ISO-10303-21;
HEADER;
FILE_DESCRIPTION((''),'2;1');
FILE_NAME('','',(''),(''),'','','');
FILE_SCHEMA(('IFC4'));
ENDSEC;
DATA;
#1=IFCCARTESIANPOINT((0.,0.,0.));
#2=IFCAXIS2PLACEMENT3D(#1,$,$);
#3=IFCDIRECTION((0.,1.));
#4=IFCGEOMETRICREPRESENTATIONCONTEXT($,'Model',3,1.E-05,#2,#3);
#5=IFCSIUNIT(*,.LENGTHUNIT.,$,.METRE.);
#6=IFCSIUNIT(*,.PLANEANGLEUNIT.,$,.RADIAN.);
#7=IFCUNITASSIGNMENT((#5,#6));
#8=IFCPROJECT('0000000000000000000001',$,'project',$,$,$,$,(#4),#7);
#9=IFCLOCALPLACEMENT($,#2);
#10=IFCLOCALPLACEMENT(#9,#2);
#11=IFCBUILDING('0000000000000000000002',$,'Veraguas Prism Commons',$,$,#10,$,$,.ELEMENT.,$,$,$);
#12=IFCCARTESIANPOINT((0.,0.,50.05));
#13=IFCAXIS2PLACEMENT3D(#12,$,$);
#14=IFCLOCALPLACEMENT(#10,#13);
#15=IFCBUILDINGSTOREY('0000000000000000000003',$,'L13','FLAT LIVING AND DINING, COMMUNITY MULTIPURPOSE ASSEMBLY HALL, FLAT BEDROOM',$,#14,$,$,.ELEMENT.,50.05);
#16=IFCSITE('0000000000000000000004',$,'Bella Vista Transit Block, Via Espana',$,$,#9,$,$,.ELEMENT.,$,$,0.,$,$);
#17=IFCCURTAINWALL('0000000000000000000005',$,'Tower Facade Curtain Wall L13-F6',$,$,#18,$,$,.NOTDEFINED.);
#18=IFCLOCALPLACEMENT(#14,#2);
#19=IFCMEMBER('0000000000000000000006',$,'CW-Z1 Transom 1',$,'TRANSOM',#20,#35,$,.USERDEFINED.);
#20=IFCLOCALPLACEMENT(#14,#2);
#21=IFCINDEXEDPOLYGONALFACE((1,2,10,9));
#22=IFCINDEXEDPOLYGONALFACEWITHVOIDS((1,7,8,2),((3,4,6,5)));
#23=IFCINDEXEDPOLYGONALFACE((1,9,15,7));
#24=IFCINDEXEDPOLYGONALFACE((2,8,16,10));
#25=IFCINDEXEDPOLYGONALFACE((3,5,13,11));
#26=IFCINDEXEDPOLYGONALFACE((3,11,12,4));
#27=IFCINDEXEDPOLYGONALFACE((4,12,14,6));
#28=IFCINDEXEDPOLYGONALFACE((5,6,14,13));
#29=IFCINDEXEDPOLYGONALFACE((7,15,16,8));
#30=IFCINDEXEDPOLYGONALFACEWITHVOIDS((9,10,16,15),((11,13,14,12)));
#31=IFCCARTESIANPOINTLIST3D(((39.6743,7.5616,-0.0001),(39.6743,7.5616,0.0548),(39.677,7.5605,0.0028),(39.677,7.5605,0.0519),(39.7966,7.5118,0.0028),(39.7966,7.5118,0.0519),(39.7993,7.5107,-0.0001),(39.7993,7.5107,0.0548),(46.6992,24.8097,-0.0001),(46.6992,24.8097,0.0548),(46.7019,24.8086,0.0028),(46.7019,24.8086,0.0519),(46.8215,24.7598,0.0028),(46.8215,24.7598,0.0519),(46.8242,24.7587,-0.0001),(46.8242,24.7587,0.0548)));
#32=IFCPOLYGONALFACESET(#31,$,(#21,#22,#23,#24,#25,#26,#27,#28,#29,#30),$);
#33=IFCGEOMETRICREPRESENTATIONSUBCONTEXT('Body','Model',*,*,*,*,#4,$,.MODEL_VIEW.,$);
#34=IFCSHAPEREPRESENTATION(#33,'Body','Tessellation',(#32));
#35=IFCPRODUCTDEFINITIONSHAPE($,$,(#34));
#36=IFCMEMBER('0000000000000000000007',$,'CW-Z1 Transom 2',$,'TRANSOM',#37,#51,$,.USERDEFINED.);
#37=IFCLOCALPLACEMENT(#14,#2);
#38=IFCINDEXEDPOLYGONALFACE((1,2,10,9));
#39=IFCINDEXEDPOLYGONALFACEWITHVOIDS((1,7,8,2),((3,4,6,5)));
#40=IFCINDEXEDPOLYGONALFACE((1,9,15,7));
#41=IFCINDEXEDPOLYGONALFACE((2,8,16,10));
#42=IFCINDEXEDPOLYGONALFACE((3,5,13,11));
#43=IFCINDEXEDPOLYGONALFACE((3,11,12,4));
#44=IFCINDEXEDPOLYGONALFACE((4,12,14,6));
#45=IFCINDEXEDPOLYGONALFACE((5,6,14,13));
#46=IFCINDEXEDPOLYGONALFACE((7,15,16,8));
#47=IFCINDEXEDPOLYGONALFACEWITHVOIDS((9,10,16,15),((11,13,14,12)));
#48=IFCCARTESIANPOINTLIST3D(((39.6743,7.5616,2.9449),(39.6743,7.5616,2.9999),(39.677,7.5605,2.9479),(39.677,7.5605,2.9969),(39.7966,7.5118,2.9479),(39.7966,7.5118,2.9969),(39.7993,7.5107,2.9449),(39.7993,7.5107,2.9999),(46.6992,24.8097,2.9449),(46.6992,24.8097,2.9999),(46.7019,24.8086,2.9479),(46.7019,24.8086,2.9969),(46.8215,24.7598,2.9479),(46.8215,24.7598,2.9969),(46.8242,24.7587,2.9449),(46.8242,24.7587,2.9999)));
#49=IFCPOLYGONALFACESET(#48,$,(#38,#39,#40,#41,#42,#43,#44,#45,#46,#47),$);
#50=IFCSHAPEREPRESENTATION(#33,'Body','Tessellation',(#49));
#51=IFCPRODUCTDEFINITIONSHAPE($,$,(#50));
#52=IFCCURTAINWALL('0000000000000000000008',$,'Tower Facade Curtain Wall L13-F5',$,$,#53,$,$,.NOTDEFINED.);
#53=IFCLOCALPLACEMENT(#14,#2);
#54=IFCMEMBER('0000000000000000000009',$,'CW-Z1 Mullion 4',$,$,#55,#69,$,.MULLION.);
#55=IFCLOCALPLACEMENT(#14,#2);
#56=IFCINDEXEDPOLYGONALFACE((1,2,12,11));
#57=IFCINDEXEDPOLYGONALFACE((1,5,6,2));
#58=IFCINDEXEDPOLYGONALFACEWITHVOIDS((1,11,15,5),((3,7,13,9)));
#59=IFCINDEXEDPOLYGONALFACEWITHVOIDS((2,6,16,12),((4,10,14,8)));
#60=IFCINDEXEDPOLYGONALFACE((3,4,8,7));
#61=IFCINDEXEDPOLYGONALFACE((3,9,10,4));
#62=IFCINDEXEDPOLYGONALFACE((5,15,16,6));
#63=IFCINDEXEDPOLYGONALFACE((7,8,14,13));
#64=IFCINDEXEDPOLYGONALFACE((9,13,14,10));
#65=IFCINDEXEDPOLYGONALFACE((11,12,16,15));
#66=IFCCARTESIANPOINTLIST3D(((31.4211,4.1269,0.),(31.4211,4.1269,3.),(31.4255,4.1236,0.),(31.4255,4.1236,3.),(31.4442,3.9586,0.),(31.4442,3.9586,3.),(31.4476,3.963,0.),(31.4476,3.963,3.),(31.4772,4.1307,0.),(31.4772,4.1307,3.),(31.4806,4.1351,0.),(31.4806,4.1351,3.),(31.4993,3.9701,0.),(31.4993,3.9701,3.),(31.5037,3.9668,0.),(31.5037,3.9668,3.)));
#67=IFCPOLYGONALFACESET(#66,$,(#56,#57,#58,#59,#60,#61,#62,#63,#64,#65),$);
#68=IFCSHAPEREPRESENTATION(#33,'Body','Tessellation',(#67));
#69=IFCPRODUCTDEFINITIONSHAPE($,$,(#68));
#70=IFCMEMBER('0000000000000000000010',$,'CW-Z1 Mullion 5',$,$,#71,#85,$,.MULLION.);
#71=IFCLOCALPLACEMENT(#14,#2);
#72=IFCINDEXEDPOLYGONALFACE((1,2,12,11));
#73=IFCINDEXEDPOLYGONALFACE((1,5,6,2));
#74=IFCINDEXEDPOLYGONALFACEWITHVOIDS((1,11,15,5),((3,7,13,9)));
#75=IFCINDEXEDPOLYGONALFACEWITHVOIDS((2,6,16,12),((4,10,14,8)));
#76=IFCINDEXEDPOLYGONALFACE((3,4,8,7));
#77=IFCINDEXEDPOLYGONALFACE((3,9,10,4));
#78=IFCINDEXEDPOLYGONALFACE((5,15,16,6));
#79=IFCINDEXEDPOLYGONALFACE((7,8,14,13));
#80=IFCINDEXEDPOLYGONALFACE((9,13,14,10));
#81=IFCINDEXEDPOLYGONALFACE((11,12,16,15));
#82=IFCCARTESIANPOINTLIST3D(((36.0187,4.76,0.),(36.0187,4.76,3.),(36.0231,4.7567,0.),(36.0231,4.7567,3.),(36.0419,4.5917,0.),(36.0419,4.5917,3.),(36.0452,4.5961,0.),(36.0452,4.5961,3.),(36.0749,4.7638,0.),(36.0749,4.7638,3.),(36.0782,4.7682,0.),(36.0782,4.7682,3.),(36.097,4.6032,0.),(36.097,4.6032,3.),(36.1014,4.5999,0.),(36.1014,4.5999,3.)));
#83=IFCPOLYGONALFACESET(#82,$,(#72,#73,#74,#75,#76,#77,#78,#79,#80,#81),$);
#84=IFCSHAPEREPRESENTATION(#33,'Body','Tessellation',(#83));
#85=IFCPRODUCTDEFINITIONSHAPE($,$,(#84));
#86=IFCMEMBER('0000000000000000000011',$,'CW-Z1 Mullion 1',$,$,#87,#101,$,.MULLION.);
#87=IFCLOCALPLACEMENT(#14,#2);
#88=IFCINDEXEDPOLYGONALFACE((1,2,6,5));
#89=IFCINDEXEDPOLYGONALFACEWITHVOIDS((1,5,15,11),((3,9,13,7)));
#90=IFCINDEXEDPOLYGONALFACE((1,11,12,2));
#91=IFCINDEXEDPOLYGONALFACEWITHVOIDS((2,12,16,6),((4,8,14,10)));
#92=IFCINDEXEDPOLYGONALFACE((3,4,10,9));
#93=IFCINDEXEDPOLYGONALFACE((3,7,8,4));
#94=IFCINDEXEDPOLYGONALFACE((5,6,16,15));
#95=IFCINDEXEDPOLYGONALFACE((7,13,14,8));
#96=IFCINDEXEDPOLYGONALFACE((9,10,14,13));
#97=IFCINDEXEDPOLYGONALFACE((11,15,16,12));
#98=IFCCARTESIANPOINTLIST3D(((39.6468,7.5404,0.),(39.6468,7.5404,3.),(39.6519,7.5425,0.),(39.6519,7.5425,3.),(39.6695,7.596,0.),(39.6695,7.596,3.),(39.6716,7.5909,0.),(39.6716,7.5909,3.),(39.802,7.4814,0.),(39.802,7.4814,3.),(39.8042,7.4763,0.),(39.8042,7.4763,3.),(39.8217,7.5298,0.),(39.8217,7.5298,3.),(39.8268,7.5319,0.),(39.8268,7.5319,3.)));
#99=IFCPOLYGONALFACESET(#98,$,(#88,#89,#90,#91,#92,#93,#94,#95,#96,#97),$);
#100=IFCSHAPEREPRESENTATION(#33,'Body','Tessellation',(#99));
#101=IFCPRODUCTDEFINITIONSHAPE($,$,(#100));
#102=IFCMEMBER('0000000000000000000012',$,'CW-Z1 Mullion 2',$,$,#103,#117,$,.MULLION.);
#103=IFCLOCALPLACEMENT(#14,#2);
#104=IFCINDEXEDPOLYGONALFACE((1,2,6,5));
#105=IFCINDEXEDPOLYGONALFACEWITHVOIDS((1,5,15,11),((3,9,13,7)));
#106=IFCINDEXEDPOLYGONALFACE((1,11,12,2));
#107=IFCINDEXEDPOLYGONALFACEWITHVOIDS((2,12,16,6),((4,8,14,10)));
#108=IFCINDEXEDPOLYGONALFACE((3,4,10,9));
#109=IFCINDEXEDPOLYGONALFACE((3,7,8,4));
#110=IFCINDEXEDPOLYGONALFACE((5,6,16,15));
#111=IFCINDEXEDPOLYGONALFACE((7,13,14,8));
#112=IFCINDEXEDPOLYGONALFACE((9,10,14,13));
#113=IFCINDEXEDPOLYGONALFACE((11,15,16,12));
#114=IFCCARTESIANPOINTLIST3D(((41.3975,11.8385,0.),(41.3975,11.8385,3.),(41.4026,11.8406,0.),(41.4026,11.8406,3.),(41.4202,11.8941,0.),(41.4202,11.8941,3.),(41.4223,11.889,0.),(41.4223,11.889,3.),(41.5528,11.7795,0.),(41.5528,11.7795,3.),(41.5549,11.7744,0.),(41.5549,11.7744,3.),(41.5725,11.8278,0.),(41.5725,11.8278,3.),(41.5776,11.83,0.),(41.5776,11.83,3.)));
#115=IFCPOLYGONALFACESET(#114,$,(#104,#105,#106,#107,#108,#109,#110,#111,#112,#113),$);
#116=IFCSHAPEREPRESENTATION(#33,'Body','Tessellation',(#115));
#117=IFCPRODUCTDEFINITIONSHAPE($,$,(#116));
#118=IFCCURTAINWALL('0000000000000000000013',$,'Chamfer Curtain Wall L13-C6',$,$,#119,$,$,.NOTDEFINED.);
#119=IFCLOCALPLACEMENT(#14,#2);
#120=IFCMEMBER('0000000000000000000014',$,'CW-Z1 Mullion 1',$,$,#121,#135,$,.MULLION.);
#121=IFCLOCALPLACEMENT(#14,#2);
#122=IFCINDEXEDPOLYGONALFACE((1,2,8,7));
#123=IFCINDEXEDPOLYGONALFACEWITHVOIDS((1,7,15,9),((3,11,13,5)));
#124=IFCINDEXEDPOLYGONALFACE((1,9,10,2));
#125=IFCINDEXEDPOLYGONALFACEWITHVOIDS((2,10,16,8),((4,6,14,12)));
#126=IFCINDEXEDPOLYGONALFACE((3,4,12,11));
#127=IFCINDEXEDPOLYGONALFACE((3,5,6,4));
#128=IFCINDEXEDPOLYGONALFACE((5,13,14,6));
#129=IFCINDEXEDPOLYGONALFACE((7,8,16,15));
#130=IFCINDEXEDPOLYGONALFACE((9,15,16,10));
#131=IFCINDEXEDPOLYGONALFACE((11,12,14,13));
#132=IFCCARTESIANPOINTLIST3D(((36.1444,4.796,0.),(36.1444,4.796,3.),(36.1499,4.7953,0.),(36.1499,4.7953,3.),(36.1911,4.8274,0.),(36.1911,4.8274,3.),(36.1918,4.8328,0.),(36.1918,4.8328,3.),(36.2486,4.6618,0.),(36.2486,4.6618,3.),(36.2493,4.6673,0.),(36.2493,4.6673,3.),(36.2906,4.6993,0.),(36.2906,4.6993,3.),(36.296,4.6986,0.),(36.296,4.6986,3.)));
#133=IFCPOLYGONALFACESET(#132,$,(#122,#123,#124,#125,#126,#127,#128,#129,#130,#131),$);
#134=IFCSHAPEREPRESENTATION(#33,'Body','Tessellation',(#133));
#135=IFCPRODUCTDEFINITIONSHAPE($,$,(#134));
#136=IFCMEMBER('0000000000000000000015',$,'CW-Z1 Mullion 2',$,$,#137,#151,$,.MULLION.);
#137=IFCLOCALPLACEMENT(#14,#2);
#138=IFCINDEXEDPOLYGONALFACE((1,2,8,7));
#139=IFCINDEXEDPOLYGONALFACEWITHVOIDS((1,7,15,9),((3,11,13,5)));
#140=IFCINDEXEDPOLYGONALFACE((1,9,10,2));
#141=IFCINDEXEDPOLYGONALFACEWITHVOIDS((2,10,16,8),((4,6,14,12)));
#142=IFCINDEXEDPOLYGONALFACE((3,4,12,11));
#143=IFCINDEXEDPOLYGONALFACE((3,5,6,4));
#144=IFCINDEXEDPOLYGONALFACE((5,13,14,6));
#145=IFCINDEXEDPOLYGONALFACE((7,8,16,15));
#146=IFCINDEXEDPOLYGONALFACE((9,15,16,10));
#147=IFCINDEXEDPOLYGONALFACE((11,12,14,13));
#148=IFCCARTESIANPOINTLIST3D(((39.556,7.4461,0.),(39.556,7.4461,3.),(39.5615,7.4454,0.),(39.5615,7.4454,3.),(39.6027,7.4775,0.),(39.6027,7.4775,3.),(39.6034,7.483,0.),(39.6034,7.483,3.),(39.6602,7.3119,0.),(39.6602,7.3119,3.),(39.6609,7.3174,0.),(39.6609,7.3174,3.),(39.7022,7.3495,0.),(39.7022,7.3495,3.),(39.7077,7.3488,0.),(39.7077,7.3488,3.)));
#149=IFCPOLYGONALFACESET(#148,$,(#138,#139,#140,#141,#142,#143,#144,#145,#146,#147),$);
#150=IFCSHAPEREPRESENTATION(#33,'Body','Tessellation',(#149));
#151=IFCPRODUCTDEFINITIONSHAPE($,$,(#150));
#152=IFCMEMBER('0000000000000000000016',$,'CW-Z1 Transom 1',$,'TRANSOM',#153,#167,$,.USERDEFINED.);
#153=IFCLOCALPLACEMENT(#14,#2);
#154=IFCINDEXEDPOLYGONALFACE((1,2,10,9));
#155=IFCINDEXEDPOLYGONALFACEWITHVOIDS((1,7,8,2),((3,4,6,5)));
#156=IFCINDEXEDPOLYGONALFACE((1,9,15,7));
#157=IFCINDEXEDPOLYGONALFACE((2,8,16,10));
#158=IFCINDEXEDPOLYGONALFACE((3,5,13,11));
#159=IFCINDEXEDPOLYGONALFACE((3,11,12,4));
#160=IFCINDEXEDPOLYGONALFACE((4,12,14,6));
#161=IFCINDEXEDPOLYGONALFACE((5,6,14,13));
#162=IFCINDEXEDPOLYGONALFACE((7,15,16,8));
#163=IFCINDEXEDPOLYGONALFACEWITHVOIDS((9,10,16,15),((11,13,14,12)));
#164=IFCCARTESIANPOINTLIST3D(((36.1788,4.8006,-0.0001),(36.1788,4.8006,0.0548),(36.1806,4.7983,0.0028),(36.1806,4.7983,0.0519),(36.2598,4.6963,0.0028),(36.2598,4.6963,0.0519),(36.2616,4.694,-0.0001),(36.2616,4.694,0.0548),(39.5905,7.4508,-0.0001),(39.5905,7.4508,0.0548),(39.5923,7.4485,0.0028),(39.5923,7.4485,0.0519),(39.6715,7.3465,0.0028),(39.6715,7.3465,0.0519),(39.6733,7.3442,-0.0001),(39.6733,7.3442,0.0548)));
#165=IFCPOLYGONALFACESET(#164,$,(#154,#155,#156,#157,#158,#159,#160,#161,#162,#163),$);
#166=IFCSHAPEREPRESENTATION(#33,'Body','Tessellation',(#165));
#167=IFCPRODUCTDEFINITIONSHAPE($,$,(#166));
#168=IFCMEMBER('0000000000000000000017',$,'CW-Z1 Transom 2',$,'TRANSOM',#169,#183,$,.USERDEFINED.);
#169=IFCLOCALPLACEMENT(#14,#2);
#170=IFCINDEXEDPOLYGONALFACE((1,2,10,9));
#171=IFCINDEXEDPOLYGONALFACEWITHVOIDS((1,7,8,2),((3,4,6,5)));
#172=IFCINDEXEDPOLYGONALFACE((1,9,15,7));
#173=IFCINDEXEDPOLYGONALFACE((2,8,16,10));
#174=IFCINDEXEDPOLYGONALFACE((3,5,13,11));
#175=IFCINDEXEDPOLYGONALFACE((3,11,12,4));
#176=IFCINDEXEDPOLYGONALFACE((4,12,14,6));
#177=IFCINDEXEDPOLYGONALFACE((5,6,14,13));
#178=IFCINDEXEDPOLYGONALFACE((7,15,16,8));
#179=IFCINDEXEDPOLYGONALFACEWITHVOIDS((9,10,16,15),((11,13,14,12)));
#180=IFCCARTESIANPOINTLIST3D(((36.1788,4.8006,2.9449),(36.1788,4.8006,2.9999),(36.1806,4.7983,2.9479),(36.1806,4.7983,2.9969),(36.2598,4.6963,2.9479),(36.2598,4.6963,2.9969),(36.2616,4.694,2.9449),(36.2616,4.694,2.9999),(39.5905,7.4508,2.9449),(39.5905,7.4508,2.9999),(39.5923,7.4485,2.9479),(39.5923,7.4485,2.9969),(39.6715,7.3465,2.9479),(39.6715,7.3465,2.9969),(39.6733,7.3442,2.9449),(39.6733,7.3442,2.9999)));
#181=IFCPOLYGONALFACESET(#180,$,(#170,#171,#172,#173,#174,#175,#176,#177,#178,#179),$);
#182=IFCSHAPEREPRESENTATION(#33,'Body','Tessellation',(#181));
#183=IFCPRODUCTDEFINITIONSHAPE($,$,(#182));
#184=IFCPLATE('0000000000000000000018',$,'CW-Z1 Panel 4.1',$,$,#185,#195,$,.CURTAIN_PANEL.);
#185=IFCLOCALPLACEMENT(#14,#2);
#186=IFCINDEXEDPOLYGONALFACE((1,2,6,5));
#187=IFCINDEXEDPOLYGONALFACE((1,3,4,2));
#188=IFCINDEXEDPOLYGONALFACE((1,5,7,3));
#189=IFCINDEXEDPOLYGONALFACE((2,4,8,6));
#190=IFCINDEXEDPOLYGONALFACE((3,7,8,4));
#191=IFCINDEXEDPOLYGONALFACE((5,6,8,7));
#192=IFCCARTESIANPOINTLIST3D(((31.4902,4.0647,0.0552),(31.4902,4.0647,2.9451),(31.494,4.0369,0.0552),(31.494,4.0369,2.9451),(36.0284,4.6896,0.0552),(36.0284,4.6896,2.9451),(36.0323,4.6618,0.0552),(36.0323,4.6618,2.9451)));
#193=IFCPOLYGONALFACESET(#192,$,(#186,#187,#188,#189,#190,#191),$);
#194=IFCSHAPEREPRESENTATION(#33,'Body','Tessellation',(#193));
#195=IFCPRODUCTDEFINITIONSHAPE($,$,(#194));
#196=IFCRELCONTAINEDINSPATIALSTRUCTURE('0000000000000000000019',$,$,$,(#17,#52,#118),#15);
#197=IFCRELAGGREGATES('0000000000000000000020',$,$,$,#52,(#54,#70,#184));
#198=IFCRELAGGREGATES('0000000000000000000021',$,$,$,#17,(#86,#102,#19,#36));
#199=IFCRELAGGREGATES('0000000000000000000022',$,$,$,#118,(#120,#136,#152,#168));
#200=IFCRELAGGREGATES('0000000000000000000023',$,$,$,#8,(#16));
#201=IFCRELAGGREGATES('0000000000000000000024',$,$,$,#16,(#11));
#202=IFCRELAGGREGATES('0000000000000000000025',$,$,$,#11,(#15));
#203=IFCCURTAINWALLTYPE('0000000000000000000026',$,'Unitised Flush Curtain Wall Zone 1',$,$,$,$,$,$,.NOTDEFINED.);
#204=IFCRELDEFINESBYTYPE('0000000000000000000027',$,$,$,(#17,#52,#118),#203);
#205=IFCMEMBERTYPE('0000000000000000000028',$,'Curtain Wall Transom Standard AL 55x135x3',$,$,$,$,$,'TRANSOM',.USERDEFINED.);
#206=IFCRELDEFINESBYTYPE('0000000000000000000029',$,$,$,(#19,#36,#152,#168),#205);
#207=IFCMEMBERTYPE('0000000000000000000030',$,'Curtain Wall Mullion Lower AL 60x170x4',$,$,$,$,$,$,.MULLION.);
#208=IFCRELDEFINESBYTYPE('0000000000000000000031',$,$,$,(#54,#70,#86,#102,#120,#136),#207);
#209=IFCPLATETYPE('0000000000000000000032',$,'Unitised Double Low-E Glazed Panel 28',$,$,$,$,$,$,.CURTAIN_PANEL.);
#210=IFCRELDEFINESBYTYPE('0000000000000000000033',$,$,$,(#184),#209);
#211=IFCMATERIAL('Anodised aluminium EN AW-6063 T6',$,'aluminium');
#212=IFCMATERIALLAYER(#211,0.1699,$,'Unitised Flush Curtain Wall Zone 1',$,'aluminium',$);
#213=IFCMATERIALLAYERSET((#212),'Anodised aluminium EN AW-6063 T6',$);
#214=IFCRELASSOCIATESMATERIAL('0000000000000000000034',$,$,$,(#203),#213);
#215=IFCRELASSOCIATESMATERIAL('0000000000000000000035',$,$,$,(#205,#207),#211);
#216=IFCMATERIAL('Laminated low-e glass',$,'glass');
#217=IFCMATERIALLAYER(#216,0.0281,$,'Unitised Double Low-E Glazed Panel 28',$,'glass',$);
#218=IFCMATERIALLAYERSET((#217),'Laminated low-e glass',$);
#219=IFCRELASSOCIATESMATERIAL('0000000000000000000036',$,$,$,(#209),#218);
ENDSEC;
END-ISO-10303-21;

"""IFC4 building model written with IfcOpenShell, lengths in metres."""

from ifc_helpers import new_model, si_unit, direction, frame, origin, origin_2d, place, context, subcontext, project, spatial, rectangle, hollow_rectangle, extrude, source, transform, mapped, material, layer, layer_set, material_profile, profile_set, type_object, element, aggregate, save


model = new_model("IFC4")

# Units and contexts
model_context = context("Model", 3, precision=1e-05, world=origin(), true_north=direction((0.0, 1.0)))
body_context = subcontext(model_context, "Body", "Model", "MODEL_VIEW")
ifc_project = project(units=[si_unit("LENGTHUNIT", "METRE"), si_unit("PLANEANGLEUNIT", "RADIAN")], contexts=[model_context])

# Site, building, storey
site_placement = place(None, origin())
site = spatial("IfcSite", under=ifc_project, at=site_placement, Name="Bella Vista Transit Block, Via Espana", CompositionType="ELEMENT", RefElevation=0.0)
building_placement = place(site_placement, origin())
building = spatial("IfcBuilding", under=site, at=building_placement, Name="Veraguas Prism Commons", CompositionType="ELEMENT")
storey_placement = place(building_placement, frame((0.0, 0.0, 50.05)))
storey = spatial("IfcBuildingStorey", under=building, at=storey_placement, Name="L13", Description="FLAT LIVING AND DINING, COMMUNITY MULTIPURPOSE ASSEMBLY HALL, FLAT BEDROOM", CompositionType="ELEMENT", Elevation=50.05)

# Curtain walls, members
ifc_material_1 = material(Name="Anodised aluminium EN AW-6063 T6", Category="aluminium")
ifc_layer_1 = layer(ifc_material_1, 0.1699, Name="Unitised Flush Curtain Wall Zone 1", Category="aluminium")
ifc_layer_set_1 = layer_set([ifc_layer_1], Name="Anodised aluminium EN AW-6063 T6")
curtain_wall_type = type_object("IfcCurtainWallType", Name="Unitised Flush Curtain Wall Zone 1", PredefinedType="NOTDEFINED", material=ifc_layer_set_1)
curtain_wall_1_placement = place(storey_placement, origin())
curtain_wall_1 = element("IfcCurtainWall", 1, at=curtain_wall_1_placement, inside=storey, type_object=curtain_wall_type, Name="Tower Facade Curtain Wall L13-F6", PredefinedType="NOTDEFINED")
ifc_material_profile_1 = material_profile(ifc_material_1, hollow_rectangle(XDim=0.0549, YDim=0.135, WallThickness=0.0029, at=origin_2d()), Name="AL55X135X3")
ifc_profile_set_1 = profile_set([ifc_material_profile_1], Name="Anodised aluminium EN AW-6063 T6")
member_type_1 = type_object("IfcMemberType", Name="Curtain Wall Transom Standard AL 55x135x3", ElementType="TRANSOM", PredefinedType="USERDEFINED", material=ifc_profile_set_1)
shared_shape_1 = source(origin(), body_context, "Body", "SweptSolid", [
    extrude(hollow_rectangle(XDim=0.0549, YDim=0.135, WallThickness=0.0029, at=origin_2d()), origin(), (0.0, 0.0, 1.0), 18.6238),
])
member_1_placement = place(storey_placement, frame((39.7368, 7.5361, 0.0273), z_axis=(0.377201, 0.926131, 0.0), x_axis=(0.0, 0.0, 1.0)))
member_1 = element("IfcMember", 2, at=member_1_placement, type_object=member_type_1, Name="CW-Z1 Transom 1", ObjectType="TRANSOM", PredefinedType="USERDEFINED", context=body_context, shape_type="MappedRepresentation", body=[
    mapped(shared_shape_1, transform((0.0, 0.0, 0.0), scale=1.0)),
])
member_2_placement = place(storey_placement, frame((39.7368, 7.5361, 2.9724), z_axis=(0.377201, 0.926131, 0.0), x_axis=(0.0, 0.0, 1.0)))
member_2 = element("IfcMember", 3, at=member_2_placement, type_object=member_type_1, Name="CW-Z1 Transom 2", ObjectType="TRANSOM", PredefinedType="USERDEFINED", context=body_context, shape_type="MappedRepresentation", body=[
    mapped(shared_shape_1, transform((0.0, 0.0, 0.0), scale=1.0)),
])
curtain_wall_2_placement = place(storey_placement, origin())
curtain_wall_2 = element("IfcCurtainWall", 4, at=curtain_wall_2_placement, inside=storey, type_object=curtain_wall_type, Name="Tower Facade Curtain Wall L13-F5", PredefinedType="NOTDEFINED")
ifc_material_profile_2 = material_profile(ifc_material_1, hollow_rectangle(XDim=0.0601, YDim=0.1699, WallThickness=0.0039, at=origin_2d()), Name="AL60X170X4")
ifc_profile_set_2 = profile_set([ifc_material_profile_2], Name="Anodised aluminium EN AW-6063 T6")
member_type_2 = type_object("IfcMemberType", Name="Curtain Wall Mullion Lower AL 60x170x4", PredefinedType="MULLION", material=ifc_profile_set_2)
shared_shape_2 = source(origin(), body_context, "Body", "SweptSolid", [
    extrude(hollow_rectangle(XDim=0.0601, YDim=0.1699, WallThickness=0.0039, at=origin_2d()), origin(), (0.0, 0.0, 1.0), 3.0),
])
member_3_placement = place(storey_placement, frame((31.4624, 4.0469, 0.0), z_axis=(0.0, 0.0, 1.0), x_axis=(0.990653, 0.136405, 0.0)))
member_3 = element("IfcMember", 5, at=member_3_placement, type_object=member_type_2, Name="CW-Z1 Mullion 4", PredefinedType="MULLION", context=body_context, shape_type="MappedRepresentation", body=[
    mapped(shared_shape_2, transform((0.0, 0.0, 0.0), scale=1.0)),
])
member_4_placement = place(storey_placement, frame((36.0601, 4.6799, 0.0), z_axis=(0.0, 0.0, 1.0), x_axis=(0.990653, 0.136405, 0.0)))
member_4 = element("IfcMember", 6, at=member_4_placement, type_object=member_type_2, Name="CW-Z1 Mullion 5", PredefinedType="MULLION", context=body_context, shape_type="MappedRepresentation", body=[
    mapped(shared_shape_2, transform((0.0, 0.0, 0.0), scale=1.0)),
])

# Members
member_5_placement = place(storey_placement, frame((39.7368, 7.5361, 0.0), z_axis=(0.0, 0.0, 1.0), x_axis=(0.377198, 0.926133, 0.0)))
member_5 = element("IfcMember", 7, at=member_5_placement, type_object=member_type_2, Name="CW-Z1 Mullion 1", PredefinedType="MULLION", context=body_context, shape_type="MappedRepresentation", body=[
    mapped(shared_shape_2, transform((0.0, 0.0, 0.0), scale=1.0)),
])
member_6_placement = place(storey_placement, frame((41.4875, 11.8342, 0.0), z_axis=(0.0, 0.0, 1.0), x_axis=(0.377198, 0.926133, 0.0)))
member_6 = element("IfcMember", 8, at=member_6_placement, type_object=member_type_2, Name="CW-Z1 Mullion 2", PredefinedType="MULLION", context=body_context, shape_type="MappedRepresentation", body=[
    mapped(shared_shape_2, transform((0.0, 0.0, 0.0), scale=1.0)),
])

# Curtain wall, members
curtain_wall_3_placement = place(storey_placement, origin())
curtain_wall_3 = element("IfcCurtainWall", 9, at=curtain_wall_3_placement, inside=storey, type_object=curtain_wall_type, Name="Chamfer Curtain Wall L13-C6", PredefinedType="NOTDEFINED")
member_7_placement = place(storey_placement, frame((36.2202, 4.7473, 0.0), z_axis=(0.0, 0.0, 1.0), x_axis=(0.789732, 0.613452, 0.0)))
member_7 = element("IfcMember", 10, at=member_7_placement, type_object=member_type_2, Name="CW-Z1 Mullion 1", PredefinedType="MULLION", context=body_context, shape_type="MappedRepresentation", body=[
    mapped(shared_shape_2, transform((0.0, 0.0, 0.0), scale=1.0)),
])
member_8_placement = place(storey_placement, frame((39.6318, 7.3975, 0.0), z_axis=(0.0, 0.0, 1.0), x_axis=(0.789732, 0.613452, 0.0)))
member_8 = element("IfcMember", 11, at=member_8_placement, type_object=member_type_2, Name="CW-Z1 Mullion 2", PredefinedType="MULLION", context=body_context, shape_type="MappedRepresentation", body=[
    mapped(shared_shape_2, transform((0.0, 0.0, 0.0), scale=1.0)),
])
shared_shape_3 = source(origin(), body_context, "Body", "SweptSolid", [
    extrude(hollow_rectangle(XDim=0.0549, YDim=0.135, WallThickness=0.0029, at=origin_2d()), origin(), (0.0, 0.0, 1.0), 4.3201),
])
member_9_placement = place(storey_placement, frame((36.2202, 4.7473, 0.0273), z_axis=(0.789726, 0.613459, 0.0), x_axis=(0.0, 0.0, 1.0)))
member_9 = element("IfcMember", 12, at=member_9_placement, type_object=member_type_1, Name="CW-Z1 Transom 1", ObjectType="TRANSOM", PredefinedType="USERDEFINED", context=body_context, shape_type="MappedRepresentation", body=[
    mapped(shared_shape_3, transform((0.0, 0.0, 0.0), scale=1.0)),
])
member_10_placement = place(storey_placement, frame((36.2202, 4.7473, 2.9724), z_axis=(0.789726, 0.613459, 0.0), x_axis=(0.0, 0.0, 1.0)))
member_10 = element("IfcMember", 13, at=member_10_placement, type_object=member_type_1, Name="CW-Z1 Transom 2", ObjectType="TRANSOM", PredefinedType="USERDEFINED", context=body_context, shape_type="MappedRepresentation", body=[
    mapped(shared_shape_3, transform((0.0, 0.0, 0.0), scale=1.0)),
])

# Plate
ifc_material_2 = material(Name="Laminated low-e glass", Category="glass")
ifc_layer_2 = layer(ifc_material_2, 0.0281, Name="Unitised Double Low-E Glazed Panel 28", Category="glass")
ifc_layer_set_2 = layer_set([ifc_layer_2], Name="Laminated low-e glass")
plate_type = type_object("IfcPlateType", Name="Unitised Double Low-E Glazed Panel 28", PredefinedType="CURTAIN_PANEL", material=ifc_layer_set_2)
shared_shape_4 = source(origin(), body_context, "Body", "SweptSolid", [
    extrude(rectangle(XDim=4.5811, YDim=0.0281, at=origin_2d()), origin(), (0.0, 0.0, 1.0), 2.8899),
])
plate_1_placement = place(storey_placement, frame((33.7612, 4.3633, 0.0552), z_axis=(0.0, 0.0, 1.0), x_axis=(0.990653, 0.136405, 0.0)))
plate_1 = element("IfcPlate", 14, at=plate_1_placement, type_object=plate_type, Name="CW-Z1 Panel 4.1", PredefinedType="CURTAIN_PANEL", context=body_context, shape_type="MappedRepresentation", body=[
    mapped(shared_shape_4, transform((0.0, 0.0, 0.0), scale=1.0)),
])
aggregate(curtain_wall_2, [member_3, member_4, plate_1])
aggregate(curtain_wall_1, [member_5, member_6, member_1, member_2])
aggregate(curtain_wall_3, [member_7, member_8, member_9, member_10])

save(model, "model.ifc")
